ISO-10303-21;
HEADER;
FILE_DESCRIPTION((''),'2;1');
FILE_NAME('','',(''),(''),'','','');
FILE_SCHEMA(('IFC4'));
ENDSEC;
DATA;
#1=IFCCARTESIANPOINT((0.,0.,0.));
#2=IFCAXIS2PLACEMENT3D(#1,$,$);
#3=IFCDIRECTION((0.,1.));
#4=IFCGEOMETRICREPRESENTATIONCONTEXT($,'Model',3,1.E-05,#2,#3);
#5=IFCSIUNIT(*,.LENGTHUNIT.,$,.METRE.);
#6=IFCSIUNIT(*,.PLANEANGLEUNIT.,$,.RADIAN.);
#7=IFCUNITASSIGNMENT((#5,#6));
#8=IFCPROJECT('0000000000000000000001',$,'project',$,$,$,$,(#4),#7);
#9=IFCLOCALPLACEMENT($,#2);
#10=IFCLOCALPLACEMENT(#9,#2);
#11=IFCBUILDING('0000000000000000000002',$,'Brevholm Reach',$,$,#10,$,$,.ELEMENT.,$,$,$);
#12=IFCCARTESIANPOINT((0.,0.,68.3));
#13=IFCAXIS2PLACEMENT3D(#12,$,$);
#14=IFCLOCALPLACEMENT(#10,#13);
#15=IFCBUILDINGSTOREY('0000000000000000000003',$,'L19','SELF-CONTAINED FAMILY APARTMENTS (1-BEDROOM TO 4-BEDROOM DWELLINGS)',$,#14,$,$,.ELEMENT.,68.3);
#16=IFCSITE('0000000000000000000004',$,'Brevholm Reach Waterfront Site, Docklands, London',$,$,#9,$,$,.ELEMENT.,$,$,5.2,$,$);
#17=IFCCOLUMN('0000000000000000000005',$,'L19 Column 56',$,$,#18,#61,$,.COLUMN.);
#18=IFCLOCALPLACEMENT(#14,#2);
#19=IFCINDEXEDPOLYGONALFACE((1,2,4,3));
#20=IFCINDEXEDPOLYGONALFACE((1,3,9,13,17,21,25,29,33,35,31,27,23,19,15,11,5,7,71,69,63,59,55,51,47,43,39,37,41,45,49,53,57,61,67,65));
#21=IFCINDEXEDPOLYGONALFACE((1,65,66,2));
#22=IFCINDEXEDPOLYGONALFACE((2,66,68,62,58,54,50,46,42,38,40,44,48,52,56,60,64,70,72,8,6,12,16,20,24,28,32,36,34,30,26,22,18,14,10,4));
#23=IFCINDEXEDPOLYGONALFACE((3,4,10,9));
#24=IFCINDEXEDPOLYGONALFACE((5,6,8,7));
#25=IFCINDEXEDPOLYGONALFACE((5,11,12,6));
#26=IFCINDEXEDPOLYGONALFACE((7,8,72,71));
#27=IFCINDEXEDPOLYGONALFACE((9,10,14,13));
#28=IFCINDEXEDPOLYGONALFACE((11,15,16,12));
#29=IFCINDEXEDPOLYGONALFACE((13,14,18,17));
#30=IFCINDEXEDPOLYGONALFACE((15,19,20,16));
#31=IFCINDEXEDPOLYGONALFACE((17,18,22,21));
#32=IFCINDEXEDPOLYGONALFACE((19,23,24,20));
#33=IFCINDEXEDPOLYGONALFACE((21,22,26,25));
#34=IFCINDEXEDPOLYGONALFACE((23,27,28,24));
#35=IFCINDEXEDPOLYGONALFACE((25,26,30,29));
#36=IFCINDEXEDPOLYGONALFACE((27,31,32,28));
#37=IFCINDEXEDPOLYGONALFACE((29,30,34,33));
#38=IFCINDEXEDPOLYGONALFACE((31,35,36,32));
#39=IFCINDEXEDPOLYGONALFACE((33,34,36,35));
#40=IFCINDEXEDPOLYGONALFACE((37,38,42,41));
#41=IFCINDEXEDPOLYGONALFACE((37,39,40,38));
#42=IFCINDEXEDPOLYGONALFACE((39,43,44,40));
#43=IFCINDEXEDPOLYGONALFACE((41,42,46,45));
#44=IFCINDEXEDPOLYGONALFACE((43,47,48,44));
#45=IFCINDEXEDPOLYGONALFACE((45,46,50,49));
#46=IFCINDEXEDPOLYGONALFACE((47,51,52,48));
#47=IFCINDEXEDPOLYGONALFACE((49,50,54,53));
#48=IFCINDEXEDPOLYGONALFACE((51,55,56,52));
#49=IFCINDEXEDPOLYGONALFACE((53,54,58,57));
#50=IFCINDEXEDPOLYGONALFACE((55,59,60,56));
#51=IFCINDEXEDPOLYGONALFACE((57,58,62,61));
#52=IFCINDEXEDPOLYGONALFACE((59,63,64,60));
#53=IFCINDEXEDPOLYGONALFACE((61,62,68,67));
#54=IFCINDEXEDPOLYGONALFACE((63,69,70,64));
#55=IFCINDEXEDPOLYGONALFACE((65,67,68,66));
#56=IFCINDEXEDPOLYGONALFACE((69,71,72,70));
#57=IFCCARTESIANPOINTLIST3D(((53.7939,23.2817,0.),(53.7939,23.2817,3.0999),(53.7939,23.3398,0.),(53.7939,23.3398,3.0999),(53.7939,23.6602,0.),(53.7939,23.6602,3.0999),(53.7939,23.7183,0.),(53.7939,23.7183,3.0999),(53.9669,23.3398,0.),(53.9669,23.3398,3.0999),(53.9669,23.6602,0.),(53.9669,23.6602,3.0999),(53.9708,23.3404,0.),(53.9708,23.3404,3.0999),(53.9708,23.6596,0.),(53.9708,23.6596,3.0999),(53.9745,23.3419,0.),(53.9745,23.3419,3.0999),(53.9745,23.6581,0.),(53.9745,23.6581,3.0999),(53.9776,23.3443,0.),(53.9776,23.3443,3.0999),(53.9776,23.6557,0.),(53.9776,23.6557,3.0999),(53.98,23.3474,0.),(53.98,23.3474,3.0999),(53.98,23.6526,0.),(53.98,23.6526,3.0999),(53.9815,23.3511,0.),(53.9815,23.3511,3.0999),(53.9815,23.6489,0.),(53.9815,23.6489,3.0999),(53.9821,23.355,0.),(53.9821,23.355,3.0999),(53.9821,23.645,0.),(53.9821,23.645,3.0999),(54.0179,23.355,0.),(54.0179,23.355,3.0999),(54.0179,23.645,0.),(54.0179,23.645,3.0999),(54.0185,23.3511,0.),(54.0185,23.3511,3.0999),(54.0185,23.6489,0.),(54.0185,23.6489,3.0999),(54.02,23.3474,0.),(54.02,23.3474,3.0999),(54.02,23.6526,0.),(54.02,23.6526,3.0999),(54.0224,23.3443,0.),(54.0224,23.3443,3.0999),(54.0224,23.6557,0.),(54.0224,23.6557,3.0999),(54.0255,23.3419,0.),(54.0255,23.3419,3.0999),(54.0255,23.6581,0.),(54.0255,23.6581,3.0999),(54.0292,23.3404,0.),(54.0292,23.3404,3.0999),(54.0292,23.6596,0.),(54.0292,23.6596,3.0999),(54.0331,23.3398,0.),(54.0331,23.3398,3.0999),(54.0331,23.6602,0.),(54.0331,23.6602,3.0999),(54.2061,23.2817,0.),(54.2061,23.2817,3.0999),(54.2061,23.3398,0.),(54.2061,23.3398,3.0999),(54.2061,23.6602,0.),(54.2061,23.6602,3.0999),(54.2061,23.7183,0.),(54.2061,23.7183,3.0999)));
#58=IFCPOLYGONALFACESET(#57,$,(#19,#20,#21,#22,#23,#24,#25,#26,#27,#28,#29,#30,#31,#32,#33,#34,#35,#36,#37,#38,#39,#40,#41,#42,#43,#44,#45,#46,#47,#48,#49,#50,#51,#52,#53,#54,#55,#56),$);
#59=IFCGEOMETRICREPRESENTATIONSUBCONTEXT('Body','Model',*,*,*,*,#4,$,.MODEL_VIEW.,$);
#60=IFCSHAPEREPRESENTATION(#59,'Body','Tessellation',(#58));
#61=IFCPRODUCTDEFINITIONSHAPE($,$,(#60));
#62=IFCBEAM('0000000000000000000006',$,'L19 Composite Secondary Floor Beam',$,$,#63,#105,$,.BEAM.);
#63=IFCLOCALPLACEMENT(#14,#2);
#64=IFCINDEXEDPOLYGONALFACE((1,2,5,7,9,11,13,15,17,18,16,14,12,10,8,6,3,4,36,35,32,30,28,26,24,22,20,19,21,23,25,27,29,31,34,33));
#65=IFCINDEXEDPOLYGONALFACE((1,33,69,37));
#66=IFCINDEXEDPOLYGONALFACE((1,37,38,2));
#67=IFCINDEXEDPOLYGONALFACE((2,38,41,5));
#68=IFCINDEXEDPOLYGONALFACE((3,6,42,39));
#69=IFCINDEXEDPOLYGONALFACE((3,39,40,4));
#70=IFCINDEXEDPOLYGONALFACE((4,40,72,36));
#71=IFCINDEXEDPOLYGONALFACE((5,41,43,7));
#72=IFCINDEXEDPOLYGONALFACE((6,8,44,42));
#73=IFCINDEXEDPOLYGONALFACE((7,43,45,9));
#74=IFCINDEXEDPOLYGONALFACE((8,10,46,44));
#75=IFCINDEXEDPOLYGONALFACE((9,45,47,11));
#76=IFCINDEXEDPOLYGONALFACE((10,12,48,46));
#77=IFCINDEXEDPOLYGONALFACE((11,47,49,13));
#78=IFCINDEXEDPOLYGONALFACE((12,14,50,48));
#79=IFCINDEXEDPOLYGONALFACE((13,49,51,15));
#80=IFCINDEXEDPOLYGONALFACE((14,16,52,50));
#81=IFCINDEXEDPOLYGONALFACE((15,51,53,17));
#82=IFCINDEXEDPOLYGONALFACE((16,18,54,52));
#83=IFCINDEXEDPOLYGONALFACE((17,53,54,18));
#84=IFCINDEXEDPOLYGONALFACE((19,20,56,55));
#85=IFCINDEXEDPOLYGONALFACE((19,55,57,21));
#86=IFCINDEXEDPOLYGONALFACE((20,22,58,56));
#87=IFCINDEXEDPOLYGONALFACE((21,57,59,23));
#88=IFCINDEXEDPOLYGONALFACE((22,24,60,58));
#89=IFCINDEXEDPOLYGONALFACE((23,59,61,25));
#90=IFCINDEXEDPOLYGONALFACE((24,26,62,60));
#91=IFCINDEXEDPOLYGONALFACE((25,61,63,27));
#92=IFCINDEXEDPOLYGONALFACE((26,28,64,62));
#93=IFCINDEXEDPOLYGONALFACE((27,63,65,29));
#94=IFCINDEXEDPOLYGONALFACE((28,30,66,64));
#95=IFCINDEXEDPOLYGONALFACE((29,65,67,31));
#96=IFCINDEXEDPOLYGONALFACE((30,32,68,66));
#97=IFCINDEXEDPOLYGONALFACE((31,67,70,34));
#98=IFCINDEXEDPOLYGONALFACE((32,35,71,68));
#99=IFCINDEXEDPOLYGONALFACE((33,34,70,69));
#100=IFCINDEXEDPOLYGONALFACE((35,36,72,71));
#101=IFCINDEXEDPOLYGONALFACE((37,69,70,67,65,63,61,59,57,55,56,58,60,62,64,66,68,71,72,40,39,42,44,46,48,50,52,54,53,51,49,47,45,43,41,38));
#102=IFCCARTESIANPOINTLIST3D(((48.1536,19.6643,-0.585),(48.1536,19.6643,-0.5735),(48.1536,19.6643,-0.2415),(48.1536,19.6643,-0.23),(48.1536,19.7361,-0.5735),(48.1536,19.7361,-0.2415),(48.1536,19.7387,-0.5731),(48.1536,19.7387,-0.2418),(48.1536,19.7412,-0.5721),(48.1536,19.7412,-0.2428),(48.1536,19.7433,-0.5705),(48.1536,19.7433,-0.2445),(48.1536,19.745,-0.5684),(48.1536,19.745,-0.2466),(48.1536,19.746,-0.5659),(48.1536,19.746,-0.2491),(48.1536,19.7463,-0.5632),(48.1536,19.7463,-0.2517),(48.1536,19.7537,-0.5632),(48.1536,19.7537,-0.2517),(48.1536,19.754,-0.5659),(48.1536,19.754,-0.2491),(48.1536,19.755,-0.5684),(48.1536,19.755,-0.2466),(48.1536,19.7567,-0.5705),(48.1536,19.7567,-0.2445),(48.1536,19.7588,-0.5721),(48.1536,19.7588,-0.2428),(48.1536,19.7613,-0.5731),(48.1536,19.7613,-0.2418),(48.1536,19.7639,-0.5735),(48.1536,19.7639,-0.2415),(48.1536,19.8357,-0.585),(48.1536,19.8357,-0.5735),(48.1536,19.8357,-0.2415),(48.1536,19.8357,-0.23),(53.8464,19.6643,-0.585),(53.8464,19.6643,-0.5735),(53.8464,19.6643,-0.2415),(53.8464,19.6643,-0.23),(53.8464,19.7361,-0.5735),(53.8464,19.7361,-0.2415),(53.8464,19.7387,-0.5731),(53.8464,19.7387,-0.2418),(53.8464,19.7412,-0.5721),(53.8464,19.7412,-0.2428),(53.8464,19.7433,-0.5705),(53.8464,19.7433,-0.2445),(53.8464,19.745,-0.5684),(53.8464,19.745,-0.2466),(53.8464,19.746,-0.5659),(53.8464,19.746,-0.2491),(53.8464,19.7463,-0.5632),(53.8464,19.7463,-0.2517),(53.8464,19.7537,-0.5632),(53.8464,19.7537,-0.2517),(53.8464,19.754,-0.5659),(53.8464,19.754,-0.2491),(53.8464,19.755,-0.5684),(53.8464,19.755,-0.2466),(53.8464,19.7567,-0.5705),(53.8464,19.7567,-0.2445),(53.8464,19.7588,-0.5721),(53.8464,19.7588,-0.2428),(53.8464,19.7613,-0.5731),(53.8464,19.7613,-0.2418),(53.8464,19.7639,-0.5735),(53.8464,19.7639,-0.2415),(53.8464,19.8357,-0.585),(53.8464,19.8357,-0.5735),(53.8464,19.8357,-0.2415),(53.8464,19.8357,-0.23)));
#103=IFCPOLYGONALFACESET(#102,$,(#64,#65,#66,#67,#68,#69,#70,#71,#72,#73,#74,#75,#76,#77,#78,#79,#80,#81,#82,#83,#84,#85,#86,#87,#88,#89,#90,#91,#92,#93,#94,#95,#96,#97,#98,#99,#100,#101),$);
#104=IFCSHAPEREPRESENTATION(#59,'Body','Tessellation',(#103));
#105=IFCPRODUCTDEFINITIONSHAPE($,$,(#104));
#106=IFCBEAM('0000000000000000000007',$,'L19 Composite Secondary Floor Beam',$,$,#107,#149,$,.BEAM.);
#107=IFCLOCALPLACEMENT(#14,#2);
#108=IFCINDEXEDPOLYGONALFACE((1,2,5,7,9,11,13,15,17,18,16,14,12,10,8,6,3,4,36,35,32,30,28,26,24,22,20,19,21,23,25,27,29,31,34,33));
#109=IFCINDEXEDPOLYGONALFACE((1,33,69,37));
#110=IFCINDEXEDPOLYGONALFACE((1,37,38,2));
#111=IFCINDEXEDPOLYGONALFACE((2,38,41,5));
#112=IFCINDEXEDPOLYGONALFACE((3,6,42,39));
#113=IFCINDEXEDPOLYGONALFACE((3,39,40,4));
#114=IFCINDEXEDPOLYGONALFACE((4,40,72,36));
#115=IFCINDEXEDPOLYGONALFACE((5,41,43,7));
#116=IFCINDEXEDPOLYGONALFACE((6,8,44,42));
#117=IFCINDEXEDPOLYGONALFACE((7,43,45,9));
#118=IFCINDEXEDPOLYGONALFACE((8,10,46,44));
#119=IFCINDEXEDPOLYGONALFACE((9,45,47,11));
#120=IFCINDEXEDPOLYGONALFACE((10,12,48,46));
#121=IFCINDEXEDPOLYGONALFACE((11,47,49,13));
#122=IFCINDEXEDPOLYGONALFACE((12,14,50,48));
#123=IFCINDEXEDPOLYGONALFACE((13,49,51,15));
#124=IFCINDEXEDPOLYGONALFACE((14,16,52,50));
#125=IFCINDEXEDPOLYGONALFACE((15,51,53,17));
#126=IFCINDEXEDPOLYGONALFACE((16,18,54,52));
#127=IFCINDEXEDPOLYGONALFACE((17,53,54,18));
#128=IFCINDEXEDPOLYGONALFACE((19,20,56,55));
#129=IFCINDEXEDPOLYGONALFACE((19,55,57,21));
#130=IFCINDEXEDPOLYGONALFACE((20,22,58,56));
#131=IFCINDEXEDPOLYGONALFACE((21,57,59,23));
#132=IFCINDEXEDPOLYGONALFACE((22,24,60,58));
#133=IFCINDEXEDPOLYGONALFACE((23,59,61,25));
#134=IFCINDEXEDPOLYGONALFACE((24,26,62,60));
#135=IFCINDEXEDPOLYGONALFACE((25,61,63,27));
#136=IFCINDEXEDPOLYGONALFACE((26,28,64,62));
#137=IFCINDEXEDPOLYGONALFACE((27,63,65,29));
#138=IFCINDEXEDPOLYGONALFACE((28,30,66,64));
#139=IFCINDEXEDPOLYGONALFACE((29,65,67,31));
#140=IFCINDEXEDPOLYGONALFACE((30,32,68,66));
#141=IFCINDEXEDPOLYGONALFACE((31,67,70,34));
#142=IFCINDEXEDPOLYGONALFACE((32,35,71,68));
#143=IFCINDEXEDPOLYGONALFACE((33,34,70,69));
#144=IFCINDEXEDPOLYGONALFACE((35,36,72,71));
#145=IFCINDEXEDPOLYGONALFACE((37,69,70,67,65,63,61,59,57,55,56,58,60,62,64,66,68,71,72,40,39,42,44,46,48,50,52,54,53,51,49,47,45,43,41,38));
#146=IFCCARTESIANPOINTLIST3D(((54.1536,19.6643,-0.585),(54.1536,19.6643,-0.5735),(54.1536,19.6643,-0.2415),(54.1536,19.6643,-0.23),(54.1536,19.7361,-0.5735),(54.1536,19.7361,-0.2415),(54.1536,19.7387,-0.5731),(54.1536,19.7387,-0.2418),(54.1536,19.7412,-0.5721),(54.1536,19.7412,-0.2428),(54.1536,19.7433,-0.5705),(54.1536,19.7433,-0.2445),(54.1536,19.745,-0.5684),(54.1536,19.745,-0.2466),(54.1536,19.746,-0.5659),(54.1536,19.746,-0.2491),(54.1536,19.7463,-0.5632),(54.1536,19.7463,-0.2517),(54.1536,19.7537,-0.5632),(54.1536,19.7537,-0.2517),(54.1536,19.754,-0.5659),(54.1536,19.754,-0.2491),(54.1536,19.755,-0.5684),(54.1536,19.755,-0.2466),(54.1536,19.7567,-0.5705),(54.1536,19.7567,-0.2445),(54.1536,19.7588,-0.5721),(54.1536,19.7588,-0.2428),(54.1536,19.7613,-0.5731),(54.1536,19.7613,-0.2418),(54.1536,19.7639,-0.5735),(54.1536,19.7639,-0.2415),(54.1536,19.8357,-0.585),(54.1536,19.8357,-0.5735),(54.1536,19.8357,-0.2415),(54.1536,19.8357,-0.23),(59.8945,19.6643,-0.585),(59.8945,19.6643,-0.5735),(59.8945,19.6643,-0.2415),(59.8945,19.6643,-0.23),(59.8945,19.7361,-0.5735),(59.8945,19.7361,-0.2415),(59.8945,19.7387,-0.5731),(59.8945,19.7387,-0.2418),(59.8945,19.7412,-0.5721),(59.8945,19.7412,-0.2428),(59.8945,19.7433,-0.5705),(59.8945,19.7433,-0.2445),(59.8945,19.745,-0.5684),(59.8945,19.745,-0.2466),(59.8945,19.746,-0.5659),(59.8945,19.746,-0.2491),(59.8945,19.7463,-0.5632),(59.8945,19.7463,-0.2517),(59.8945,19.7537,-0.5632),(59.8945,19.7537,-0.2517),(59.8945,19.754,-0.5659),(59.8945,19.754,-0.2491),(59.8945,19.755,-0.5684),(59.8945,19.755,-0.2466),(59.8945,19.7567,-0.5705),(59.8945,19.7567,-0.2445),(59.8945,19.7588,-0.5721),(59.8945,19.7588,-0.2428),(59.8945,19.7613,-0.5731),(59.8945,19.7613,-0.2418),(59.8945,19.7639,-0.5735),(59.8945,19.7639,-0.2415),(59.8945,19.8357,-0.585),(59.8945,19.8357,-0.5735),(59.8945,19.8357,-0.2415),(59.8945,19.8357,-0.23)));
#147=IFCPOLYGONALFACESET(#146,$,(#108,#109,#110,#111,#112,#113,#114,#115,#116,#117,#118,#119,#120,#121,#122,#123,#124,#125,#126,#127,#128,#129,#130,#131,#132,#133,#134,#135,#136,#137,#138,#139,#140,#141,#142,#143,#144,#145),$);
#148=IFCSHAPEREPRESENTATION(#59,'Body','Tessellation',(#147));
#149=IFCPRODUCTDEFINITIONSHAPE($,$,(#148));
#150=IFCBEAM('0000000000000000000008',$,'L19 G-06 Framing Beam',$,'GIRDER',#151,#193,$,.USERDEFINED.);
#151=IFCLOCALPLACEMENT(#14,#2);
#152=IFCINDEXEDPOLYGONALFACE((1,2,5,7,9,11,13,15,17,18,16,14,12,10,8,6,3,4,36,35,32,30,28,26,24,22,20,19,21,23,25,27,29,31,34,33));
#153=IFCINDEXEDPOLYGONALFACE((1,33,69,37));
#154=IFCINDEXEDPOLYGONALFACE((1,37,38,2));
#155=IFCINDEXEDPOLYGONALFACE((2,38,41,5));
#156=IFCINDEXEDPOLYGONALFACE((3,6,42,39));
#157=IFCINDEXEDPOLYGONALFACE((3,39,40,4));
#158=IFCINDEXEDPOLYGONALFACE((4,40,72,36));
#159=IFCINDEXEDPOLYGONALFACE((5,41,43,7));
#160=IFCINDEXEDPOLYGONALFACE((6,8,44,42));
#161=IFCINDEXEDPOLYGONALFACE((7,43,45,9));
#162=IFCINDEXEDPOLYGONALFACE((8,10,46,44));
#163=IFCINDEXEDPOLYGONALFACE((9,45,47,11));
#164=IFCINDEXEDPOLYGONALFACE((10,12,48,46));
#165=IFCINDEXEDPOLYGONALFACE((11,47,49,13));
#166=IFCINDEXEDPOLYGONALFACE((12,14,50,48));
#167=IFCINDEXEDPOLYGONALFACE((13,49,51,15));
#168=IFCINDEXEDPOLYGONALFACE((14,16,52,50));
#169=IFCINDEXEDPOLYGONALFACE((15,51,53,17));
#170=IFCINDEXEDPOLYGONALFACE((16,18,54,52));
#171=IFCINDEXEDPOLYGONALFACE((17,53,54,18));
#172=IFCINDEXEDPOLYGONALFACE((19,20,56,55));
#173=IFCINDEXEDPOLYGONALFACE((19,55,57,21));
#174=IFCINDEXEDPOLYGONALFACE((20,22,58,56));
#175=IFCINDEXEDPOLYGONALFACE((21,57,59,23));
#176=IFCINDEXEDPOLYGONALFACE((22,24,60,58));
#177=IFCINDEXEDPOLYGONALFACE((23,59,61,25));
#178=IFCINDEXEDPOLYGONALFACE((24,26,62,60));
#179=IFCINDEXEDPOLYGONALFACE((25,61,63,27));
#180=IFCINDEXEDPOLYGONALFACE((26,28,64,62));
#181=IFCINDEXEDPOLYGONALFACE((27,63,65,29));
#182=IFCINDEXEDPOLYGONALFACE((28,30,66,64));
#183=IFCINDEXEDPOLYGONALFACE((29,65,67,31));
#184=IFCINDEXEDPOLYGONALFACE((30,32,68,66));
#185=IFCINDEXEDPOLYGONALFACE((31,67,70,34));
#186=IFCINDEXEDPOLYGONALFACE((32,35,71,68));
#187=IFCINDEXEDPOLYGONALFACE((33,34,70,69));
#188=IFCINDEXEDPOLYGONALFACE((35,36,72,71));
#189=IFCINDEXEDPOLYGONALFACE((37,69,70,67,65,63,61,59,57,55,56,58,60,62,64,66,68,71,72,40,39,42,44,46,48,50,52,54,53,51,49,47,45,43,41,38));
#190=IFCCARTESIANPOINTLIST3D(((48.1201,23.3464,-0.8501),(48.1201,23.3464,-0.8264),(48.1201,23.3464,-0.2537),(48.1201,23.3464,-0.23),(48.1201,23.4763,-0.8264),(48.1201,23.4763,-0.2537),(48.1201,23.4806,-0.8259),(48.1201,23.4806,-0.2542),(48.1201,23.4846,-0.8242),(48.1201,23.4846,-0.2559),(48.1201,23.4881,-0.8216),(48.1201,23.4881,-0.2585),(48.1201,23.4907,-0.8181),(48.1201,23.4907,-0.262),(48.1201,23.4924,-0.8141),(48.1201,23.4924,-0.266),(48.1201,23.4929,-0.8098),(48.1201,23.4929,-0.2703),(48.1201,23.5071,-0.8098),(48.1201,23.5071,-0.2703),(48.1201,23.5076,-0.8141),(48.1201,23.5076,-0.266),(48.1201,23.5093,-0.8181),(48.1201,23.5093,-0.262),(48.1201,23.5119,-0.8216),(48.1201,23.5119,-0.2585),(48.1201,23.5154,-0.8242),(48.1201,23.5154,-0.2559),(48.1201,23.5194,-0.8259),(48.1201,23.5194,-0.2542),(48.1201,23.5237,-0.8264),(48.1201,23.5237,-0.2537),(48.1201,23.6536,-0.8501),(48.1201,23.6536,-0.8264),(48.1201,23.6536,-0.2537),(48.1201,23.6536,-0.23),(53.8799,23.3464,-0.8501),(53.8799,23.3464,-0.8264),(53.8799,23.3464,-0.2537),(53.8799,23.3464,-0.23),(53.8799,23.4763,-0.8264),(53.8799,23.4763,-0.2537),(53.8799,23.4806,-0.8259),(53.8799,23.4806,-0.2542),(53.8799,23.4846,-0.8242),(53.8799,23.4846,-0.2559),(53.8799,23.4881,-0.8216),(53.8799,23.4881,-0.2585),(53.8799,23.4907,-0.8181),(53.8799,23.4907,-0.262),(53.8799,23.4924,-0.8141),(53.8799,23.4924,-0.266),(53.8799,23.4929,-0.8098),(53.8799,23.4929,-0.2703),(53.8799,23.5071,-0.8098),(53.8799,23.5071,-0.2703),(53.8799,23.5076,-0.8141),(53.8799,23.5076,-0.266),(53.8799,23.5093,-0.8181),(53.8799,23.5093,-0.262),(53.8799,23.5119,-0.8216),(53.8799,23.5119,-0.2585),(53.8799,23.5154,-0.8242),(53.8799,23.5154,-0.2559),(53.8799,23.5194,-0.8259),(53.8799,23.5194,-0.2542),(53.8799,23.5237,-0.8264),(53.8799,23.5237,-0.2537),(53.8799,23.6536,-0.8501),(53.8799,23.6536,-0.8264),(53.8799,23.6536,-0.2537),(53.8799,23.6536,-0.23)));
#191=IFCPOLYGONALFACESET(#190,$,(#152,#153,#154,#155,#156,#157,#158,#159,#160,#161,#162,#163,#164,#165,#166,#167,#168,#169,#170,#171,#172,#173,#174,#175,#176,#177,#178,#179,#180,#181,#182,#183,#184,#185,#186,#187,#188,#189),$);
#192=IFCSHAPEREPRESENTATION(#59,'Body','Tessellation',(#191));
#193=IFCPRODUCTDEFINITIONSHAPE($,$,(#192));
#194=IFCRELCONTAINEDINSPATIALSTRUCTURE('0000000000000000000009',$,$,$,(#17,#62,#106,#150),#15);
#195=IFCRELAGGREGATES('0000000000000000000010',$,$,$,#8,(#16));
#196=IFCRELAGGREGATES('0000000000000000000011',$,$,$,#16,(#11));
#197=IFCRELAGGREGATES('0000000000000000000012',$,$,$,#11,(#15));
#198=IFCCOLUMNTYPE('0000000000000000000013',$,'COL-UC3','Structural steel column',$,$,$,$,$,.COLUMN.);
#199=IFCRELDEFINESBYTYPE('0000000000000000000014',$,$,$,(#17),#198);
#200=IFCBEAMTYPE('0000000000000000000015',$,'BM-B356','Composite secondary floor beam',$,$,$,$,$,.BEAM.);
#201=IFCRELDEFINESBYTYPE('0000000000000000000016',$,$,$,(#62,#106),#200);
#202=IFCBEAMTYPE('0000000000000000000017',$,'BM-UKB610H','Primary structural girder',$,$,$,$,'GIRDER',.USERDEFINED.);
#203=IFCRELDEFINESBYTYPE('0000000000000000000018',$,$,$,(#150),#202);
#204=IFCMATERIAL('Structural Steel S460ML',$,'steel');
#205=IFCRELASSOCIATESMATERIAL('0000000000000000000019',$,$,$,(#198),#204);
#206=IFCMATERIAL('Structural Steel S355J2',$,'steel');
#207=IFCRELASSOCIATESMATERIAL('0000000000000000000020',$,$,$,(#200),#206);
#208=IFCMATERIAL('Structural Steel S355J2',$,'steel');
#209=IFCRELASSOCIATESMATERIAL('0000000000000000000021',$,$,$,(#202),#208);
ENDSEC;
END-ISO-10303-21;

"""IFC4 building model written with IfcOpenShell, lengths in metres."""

from ifc_helpers import new_model, si_unit, direction, frame, origin, origin_2d, place, context, subcontext, project, spatial, i_section, extrude, material, material_profile, profile_set, type_object, element, save


model = new_model("IFC4")

# Units and contexts
model_context = context("Model", 3, precision=1e-05, world=origin(), true_north=direction((0.0, 1.0)))
body_context = subcontext(model_context, "Body", "Model", "MODEL_VIEW")
ifc_project = project(units=[si_unit("LENGTHUNIT", "METRE"), si_unit("PLANEANGLEUNIT", "RADIAN")], contexts=[model_context])

# Site, building, storey
site_placement = place(None, origin())
site = spatial("IfcSite", under=ifc_project, at=site_placement, Name="Brevholm Reach Waterfront Site, Docklands, London", CompositionType="ELEMENT", RefElevation=5.2)
building_placement = place(site_placement, origin())
building = spatial("IfcBuilding", under=site, at=building_placement, Name="Brevholm Reach", CompositionType="ELEMENT")
storey_placement = place(building_placement, frame((0.0, 0.0, 68.3)))
storey = spatial("IfcBuildingStorey", under=building, at=storey_placement, Name="L19", Description="SELF-CONTAINED FAMILY APARTMENTS (1-BEDROOM TO 4-BEDROOM DWELLINGS)", CompositionType="ELEMENT", Elevation=68.3)

# Column
ifc_material_1 = material(Name="Structural Steel S460ML", Category="steel")
ifc_material_profile_1 = material_profile(ifc_material_1, i_section(OverallWidth=0.4121, OverallDepth=0.4365, WebThickness=0.0359, FlangeThickness=0.0581, FilletRadius=0.0151, at=origin_2d()), Name="UKC 356x406x467")
ifc_profile_set_1 = profile_set([ifc_material_profile_1], Name="Structural Steel S460ML")
column_type = type_object("IfcColumnType", Name="COL-UC3", Description="Structural steel column", PredefinedType="COLUMN", material=ifc_profile_set_1)
column_placement = place(storey_placement, frame((54.0, 23.5, 0.0), z_axis=(0.0, 0.0, 1.0), x_axis=(1.0, 0.0, 0.0)))
element("IfcColumn", 1, at=column_placement, inside=storey, type_object=column_type, Name="L19 Column 56", PredefinedType="COLUMN", context=body_context, shape_type="SweptSolid", body=[
    extrude(i_section(OverallWidth=0.4121, OverallDepth=0.4365, WebThickness=0.0359, FlangeThickness=0.0581, FilletRadius=0.0151, at=origin_2d()), origin(), (0.0, 0.0, 1.0), 3.0999),
])

# Beams
ifc_material_2 = material(Name="Structural Steel S355J2", Category="steel")
ifc_material_profile_2 = material_profile(ifc_material_2, i_section(OverallWidth=0.1714, OverallDepth=0.355, WebThickness=0.0073, FlangeThickness=0.0115, FilletRadius=0.0103, at=origin_2d()), Name="UKB 356x171x51")
ifc_profile_set_2 = profile_set([ifc_material_profile_2], Name="Structural Steel S355J2")
beam_type_1 = type_object("IfcBeamType", Name="BM-B356", Description="Composite secondary floor beam", PredefinedType="BEAM", material=ifc_profile_set_2)
beam_1_placement = place(storey_placement, frame((48.1536, 19.75, -0.4075), z_axis=(1.0, 0.0, 0.0), x_axis=(0.0, 1.0, 0.0)))
element("IfcBeam", 2, at=beam_1_placement, inside=storey, type_object=beam_type_1, Name="L19 Composite Secondary Floor Beam", PredefinedType="BEAM", context=body_context, shape_type="SweptSolid", body=[
    extrude(i_section(OverallWidth=0.1714, OverallDepth=0.355, WebThickness=0.0073, FlangeThickness=0.0115, FilletRadius=0.0103, at=origin_2d()), origin(), (0.0, 0.0, 1.0), 5.6929),
])
beam_2_placement = place(storey_placement, frame((54.1536, 19.75, -0.4075), z_axis=(1.0, 0.0, 0.0), x_axis=(0.0, 1.0, 0.0)))
element("IfcBeam", 3, at=beam_2_placement, inside=storey, type_object=beam_type_1, Name="L19 Composite Secondary Floor Beam", PredefinedType="BEAM", context=body_context, shape_type="SweptSolid", body=[
    extrude(i_section(OverallWidth=0.1714, OverallDepth=0.355, WebThickness=0.0073, FlangeThickness=0.0115, FilletRadius=0.0103, at=origin_2d()), origin(), (0.0, 0.0, 1.0), 5.741),
])
ifc_material_3 = material(Name="Structural Steel S355J2", Category="steel")
ifc_material_profile_3 = material_profile(ifc_material_3, i_section(OverallWidth=0.3071, OverallDepth=0.6201, WebThickness=0.0142, FlangeThickness=0.0237, FilletRadius=0.0166, at=origin_2d()), Name="UKB 610x305x179")
ifc_profile_set_3 = profile_set([ifc_material_profile_3], Name="Structural Steel S355J2")
beam_type_2 = type_object("IfcBeamType", Name="BM-UKB610H", Description="Primary structural girder", ElementType="GIRDER", PredefinedType="USERDEFINED", material=ifc_profile_set_3)
beam_3_placement = place(storey_placement, frame((48.1201, 23.5, -0.54), z_axis=(1.0, 0.0, 0.0), x_axis=(0.0, 1.0, 0.0)))
element("IfcBeam", 4, at=beam_3_placement, inside=storey, type_object=beam_type_2, Name="L19 G-06 Framing Beam", ObjectType="GIRDER", PredefinedType="USERDEFINED", context=body_context, shape_type="SweptSolid", body=[
    extrude(i_section(OverallWidth=0.3071, OverallDepth=0.6201, WebThickness=0.0142, FlangeThickness=0.0237, FilletRadius=0.0166, at=origin_2d()), origin(), (0.0, 0.0, 1.0), 5.7598),
])

save(model, "model.ifc")
